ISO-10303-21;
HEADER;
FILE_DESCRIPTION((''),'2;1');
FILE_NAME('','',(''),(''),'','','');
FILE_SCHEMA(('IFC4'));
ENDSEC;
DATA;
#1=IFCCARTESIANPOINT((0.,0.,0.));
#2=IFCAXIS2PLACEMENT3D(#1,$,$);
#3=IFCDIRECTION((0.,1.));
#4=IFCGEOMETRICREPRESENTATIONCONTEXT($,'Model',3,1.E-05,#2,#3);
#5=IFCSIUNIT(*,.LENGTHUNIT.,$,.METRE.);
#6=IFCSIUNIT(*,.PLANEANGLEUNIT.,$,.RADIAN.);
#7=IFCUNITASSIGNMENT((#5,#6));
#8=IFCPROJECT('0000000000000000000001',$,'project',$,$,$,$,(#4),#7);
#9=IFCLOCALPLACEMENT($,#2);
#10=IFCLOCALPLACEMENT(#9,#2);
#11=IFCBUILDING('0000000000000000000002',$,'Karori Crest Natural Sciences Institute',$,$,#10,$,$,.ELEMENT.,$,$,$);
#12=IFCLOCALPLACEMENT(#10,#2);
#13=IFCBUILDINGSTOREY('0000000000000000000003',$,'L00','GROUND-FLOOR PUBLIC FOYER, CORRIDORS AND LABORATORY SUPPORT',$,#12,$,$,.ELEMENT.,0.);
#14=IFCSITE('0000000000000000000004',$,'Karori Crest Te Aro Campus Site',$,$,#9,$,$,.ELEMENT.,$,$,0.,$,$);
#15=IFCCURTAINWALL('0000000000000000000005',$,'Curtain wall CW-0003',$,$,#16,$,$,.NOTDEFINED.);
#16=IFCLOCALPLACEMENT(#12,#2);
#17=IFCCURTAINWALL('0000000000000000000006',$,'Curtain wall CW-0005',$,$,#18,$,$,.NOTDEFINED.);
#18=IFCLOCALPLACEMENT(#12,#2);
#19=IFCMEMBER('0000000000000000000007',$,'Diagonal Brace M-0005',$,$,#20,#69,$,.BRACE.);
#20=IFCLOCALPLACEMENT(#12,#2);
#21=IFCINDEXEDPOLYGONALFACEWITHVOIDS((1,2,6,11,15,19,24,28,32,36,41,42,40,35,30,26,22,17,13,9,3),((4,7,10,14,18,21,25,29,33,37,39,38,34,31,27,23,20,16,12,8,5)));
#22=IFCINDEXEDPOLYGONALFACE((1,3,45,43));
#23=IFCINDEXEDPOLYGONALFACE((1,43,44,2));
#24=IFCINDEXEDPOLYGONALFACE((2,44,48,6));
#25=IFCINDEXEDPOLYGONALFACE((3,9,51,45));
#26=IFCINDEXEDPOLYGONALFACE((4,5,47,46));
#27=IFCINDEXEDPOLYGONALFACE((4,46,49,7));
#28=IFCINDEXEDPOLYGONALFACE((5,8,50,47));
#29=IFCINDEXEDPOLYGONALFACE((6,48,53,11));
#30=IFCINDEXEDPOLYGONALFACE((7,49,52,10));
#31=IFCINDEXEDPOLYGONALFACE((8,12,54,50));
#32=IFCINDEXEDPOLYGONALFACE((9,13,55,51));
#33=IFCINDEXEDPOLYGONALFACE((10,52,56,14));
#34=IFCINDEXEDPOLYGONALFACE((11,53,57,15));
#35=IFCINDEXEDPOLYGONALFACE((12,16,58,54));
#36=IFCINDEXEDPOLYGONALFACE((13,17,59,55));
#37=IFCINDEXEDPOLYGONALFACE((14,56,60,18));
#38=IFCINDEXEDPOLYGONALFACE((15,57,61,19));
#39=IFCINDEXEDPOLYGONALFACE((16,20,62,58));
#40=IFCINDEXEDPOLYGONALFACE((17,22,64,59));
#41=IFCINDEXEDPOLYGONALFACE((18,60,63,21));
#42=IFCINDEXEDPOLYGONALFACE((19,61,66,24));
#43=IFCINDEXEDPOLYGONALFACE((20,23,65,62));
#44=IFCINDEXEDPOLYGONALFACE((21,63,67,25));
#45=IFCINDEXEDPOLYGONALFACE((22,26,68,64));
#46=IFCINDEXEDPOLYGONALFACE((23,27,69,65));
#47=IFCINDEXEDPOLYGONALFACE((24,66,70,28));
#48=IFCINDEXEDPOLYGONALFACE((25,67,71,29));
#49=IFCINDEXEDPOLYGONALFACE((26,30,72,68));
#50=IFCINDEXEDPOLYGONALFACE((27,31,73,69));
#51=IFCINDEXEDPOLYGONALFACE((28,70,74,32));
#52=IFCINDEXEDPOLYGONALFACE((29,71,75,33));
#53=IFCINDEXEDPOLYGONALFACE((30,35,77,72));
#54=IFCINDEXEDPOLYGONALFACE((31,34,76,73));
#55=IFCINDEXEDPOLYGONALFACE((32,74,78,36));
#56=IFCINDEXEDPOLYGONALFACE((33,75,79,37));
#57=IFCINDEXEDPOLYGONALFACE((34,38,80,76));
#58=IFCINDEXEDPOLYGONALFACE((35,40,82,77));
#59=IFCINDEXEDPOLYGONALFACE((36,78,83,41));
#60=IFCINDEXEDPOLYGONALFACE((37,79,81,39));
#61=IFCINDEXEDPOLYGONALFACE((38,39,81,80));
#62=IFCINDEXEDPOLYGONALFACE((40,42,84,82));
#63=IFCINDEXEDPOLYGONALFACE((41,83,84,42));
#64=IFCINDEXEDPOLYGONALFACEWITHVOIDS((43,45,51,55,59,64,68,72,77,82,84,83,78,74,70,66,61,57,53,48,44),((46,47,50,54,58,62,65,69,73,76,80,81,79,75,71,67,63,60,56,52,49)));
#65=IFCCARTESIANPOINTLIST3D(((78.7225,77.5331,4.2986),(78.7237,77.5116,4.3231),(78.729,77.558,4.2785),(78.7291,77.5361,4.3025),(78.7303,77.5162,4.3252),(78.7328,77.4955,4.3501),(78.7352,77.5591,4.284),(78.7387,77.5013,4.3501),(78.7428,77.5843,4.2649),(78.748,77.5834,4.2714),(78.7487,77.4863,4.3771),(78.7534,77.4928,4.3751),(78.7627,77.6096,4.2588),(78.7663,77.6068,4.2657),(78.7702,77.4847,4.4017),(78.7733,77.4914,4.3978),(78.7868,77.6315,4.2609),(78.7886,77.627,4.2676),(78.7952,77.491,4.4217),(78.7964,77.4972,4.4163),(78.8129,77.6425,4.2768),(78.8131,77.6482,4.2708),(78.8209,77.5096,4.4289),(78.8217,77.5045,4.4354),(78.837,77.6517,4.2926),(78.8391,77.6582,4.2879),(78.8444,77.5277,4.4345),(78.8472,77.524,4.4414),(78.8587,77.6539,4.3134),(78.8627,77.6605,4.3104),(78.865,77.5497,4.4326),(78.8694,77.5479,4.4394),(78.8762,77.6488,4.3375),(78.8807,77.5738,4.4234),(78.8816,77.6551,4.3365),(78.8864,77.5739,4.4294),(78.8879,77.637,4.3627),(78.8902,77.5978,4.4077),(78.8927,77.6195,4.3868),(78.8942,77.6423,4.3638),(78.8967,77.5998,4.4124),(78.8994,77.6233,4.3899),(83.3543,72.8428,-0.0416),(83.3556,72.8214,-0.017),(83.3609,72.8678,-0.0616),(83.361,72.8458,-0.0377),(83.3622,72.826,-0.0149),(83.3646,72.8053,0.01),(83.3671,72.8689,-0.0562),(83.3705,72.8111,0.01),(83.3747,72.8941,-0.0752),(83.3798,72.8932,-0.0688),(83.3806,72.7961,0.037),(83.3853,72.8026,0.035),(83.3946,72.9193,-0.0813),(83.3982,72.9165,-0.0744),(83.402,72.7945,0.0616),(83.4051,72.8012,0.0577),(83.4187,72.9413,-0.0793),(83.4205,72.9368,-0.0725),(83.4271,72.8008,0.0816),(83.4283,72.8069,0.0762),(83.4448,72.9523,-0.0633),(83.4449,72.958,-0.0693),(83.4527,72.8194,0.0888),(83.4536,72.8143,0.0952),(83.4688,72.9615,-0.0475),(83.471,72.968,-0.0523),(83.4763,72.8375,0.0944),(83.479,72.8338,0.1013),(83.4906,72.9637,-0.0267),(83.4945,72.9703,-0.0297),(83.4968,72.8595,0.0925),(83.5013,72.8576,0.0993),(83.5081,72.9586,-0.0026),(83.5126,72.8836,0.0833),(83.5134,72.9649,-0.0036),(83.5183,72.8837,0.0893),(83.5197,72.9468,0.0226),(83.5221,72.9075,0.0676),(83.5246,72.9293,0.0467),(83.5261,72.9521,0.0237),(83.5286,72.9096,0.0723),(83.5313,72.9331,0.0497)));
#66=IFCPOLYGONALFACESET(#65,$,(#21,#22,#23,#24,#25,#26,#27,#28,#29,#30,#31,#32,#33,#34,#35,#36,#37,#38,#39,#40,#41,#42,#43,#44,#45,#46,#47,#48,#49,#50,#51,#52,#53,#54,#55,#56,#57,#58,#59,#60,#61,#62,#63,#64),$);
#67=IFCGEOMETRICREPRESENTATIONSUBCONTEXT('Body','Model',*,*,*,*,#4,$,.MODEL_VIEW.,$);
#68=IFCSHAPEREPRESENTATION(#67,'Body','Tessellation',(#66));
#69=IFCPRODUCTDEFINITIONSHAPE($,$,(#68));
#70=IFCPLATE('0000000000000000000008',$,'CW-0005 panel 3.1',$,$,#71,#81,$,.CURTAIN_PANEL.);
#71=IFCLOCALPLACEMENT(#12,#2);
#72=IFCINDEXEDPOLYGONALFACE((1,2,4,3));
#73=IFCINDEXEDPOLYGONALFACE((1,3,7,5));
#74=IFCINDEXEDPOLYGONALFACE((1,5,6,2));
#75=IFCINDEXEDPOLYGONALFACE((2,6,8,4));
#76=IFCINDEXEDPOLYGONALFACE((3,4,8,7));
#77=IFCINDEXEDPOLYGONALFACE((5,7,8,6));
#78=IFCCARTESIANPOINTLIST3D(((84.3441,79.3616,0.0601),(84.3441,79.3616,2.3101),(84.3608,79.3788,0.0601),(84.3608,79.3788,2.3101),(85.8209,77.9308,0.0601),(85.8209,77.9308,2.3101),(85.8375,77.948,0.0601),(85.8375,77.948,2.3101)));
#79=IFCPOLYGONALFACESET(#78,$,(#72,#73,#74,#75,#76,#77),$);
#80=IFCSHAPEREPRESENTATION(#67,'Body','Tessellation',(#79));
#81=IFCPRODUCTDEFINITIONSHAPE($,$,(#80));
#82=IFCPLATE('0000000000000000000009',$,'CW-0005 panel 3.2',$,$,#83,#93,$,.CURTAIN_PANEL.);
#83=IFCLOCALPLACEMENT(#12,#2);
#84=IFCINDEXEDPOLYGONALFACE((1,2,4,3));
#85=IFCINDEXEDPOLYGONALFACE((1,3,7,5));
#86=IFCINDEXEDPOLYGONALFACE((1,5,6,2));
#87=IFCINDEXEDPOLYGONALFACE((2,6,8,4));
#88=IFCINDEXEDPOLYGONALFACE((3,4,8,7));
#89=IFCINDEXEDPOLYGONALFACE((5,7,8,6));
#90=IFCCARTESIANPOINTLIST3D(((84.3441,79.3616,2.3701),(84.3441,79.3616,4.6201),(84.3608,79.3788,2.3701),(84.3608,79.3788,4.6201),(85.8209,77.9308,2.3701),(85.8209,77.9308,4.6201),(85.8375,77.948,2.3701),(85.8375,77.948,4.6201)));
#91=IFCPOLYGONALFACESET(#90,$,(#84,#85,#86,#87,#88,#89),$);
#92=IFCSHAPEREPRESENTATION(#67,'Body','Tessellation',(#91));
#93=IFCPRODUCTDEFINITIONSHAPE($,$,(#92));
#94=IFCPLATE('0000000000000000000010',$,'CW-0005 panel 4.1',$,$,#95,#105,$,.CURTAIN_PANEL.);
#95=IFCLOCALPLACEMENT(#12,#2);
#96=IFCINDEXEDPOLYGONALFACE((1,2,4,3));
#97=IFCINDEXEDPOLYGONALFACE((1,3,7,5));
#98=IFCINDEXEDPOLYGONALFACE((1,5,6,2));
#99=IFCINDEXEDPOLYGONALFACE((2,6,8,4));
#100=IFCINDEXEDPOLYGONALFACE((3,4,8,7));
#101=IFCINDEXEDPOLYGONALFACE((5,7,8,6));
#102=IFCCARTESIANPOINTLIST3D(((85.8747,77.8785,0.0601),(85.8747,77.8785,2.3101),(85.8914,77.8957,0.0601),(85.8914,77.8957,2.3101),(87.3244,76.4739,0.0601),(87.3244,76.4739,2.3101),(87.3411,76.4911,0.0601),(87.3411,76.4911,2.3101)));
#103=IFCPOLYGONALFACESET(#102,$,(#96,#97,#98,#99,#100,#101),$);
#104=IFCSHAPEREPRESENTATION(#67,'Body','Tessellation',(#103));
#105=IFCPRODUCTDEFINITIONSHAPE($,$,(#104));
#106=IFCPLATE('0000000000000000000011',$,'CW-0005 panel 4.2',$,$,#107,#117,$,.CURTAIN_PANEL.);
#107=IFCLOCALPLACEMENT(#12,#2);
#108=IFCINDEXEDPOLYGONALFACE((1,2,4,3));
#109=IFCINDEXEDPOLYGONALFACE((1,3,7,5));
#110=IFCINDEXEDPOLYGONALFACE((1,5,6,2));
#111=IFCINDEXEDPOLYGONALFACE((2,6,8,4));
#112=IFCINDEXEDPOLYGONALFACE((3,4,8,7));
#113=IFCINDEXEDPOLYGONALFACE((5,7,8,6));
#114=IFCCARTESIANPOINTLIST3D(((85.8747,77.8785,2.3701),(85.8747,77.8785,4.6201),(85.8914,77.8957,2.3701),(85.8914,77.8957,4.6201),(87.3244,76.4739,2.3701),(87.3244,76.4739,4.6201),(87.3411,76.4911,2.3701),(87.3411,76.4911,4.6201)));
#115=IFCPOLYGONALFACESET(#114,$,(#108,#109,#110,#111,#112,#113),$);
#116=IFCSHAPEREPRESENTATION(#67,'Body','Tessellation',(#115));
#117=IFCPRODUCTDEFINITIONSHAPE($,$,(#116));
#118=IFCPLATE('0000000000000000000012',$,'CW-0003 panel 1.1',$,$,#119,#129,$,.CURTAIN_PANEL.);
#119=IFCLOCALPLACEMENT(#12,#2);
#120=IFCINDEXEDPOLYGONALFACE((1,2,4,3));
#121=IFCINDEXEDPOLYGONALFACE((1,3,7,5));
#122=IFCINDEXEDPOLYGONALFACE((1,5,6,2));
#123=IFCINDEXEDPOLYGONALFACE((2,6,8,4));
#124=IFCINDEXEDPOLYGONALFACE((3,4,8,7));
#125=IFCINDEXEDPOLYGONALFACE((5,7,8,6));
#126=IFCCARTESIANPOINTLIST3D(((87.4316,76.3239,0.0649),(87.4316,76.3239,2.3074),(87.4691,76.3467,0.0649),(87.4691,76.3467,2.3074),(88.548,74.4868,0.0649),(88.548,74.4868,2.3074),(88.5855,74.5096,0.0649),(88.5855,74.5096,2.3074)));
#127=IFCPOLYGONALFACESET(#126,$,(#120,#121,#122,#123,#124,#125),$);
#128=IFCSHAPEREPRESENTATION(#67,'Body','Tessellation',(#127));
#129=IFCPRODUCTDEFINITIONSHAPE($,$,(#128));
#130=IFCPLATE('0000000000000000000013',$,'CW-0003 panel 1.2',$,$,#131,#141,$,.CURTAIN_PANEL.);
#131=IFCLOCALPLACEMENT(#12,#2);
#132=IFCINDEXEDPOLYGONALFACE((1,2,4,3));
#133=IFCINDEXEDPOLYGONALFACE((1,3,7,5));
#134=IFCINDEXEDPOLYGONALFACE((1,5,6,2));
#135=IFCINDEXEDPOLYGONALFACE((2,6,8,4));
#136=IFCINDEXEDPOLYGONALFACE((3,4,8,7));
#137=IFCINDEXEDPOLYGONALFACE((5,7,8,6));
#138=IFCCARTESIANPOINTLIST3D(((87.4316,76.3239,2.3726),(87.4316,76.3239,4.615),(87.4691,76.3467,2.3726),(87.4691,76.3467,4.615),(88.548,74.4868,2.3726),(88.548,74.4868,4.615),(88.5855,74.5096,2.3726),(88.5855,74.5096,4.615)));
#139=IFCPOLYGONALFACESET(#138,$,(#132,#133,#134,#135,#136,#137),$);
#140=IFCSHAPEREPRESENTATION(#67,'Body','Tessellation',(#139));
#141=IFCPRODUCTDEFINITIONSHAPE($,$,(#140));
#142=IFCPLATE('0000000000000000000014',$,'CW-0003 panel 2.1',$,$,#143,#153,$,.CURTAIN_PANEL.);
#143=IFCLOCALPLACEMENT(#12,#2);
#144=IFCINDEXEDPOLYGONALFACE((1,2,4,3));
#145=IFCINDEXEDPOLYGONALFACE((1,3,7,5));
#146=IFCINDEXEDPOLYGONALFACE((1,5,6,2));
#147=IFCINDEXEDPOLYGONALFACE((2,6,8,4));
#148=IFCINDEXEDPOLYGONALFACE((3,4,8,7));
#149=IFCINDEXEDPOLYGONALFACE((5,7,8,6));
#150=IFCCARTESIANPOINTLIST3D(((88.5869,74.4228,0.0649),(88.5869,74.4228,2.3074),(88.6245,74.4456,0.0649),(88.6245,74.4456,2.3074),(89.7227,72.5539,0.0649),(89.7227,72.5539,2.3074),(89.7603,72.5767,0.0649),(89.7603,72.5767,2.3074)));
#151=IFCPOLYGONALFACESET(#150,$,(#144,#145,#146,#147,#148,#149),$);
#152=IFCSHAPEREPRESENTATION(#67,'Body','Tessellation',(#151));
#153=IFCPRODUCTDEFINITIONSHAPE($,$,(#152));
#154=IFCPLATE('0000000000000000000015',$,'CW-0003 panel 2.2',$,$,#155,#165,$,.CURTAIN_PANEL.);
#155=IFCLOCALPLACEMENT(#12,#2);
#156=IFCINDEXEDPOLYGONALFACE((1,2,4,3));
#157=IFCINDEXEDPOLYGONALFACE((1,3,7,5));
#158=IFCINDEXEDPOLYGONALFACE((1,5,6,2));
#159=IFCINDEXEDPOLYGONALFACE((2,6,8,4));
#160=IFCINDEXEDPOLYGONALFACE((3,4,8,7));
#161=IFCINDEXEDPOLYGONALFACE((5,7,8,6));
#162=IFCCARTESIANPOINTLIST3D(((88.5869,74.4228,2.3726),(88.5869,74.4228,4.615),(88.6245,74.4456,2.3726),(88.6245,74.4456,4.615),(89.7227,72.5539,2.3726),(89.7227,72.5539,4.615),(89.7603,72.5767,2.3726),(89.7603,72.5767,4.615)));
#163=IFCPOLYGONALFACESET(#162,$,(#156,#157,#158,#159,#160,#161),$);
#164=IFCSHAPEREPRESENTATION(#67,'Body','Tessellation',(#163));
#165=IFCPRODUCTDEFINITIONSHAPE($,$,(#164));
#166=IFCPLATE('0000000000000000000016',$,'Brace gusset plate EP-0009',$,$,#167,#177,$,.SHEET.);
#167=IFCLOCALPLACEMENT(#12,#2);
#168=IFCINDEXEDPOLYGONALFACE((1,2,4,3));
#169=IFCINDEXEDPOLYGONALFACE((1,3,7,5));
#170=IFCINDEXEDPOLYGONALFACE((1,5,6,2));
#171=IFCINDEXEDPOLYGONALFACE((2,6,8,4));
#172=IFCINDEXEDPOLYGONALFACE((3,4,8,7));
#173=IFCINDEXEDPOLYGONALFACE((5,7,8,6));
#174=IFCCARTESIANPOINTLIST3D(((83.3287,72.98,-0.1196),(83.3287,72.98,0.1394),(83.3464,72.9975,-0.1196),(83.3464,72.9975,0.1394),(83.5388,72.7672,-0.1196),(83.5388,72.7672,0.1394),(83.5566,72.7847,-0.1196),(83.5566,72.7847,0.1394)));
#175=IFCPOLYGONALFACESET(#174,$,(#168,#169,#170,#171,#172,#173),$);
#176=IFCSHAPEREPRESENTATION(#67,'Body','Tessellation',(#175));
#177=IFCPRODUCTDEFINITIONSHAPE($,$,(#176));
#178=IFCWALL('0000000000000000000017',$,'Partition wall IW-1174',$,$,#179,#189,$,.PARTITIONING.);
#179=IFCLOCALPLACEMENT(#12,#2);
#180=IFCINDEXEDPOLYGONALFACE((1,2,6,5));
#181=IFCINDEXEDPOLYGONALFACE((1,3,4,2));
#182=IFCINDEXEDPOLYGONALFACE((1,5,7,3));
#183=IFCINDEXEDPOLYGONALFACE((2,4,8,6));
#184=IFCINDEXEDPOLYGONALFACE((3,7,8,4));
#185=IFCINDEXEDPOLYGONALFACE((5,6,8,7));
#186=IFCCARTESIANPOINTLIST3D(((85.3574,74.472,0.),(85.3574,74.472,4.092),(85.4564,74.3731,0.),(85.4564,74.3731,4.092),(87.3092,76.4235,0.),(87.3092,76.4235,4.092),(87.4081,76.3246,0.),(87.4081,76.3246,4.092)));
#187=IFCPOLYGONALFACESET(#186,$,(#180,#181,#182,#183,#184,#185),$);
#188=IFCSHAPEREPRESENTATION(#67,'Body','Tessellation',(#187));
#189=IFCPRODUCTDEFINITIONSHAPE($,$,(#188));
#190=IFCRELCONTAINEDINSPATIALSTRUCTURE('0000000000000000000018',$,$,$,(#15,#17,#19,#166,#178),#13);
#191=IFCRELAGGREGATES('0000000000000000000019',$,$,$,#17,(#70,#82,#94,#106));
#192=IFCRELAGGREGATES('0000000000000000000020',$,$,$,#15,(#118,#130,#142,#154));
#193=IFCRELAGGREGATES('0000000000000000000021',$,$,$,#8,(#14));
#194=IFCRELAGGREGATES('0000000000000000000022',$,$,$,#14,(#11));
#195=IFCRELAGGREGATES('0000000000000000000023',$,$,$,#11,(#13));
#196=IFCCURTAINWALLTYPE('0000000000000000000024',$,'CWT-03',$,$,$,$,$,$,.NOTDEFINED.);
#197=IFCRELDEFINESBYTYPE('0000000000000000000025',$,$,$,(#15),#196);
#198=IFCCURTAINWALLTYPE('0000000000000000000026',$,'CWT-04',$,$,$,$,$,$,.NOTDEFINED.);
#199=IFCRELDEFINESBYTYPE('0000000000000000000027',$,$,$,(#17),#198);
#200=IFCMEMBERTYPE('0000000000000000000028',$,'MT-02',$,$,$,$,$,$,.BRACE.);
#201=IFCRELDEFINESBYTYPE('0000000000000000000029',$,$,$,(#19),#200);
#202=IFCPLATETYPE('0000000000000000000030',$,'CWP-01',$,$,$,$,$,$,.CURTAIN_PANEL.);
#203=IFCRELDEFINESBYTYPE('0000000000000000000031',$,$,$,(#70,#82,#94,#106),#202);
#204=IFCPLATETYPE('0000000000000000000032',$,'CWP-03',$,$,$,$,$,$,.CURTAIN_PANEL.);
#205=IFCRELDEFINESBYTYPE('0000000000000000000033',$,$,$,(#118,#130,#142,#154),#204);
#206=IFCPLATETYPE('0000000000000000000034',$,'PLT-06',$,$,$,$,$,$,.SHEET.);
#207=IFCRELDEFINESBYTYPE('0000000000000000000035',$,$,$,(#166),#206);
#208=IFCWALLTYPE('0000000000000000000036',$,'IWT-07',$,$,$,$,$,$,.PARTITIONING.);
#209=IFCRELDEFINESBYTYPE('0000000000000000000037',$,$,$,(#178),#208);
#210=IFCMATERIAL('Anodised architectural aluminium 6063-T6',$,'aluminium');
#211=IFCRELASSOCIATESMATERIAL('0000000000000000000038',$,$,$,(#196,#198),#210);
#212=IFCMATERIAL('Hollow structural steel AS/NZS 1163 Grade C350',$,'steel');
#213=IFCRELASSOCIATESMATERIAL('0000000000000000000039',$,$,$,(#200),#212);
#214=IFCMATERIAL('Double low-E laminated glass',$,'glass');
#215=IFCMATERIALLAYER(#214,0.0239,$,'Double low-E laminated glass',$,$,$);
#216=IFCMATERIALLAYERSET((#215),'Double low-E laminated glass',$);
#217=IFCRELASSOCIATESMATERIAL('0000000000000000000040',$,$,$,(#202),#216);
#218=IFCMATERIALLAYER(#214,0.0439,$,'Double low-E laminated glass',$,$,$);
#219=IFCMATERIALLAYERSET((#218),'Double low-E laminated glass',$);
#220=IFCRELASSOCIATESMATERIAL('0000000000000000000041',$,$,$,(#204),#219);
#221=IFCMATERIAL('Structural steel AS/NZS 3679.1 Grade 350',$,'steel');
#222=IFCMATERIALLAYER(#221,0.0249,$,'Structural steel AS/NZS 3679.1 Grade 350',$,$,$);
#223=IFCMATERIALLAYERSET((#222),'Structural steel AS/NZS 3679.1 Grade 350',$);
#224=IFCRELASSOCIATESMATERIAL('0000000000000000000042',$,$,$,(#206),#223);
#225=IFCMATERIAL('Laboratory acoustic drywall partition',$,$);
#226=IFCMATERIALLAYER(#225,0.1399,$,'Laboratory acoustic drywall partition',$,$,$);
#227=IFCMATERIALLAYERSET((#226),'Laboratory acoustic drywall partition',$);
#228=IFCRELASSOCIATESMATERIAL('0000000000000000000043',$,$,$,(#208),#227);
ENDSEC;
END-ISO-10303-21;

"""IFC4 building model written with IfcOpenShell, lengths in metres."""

from ifc_helpers import new_model, si_unit, direction, frame, frame_2d, origin, origin_2d, place, context, subcontext, project, spatial, rectangle, hollow_circle, extrude, material, layer, layer_set, material_profile, profile_set, type_object, element, aggregate, save


model = new_model("IFC4")

# Units and contexts
model_context = context("Model", 3, precision=1e-05, world=origin(), true_north=direction((0.0, 1.0)))
body_context = subcontext(model_context, "Body", "Model", "MODEL_VIEW")
ifc_project = project(units=[si_unit("LENGTHUNIT", "METRE"), si_unit("PLANEANGLEUNIT", "RADIAN")], contexts=[model_context])

# Site, building, storey
site_placement = place(None, origin())
site = spatial("IfcSite", under=ifc_project, at=site_placement, Name="Karori Crest Te Aro Campus Site", CompositionType="ELEMENT", RefElevation=0.0)
building_placement = place(site_placement, origin())
building = spatial("IfcBuilding", under=site, at=building_placement, Name="Karori Crest Natural Sciences Institute", CompositionType="ELEMENT")
storey_placement = place(building_placement, origin())
storey = spatial("IfcBuildingStorey", under=building, at=storey_placement, Name="L00", Description="GROUND-FLOOR PUBLIC FOYER, CORRIDORS AND LABORATORY SUPPORT", CompositionType="ELEMENT", Elevation=0.0)

# Shared definitions
ifc_material_1 = material(Name="Structural steel AS/NZS 3679.1 Grade 350", Category="steel")

# Shared definitions
ifc_material_2 = material(Name="Hollow structural steel AS/NZS 1163 Grade C350", Category="steel")

# Shared definitions
ifc_material_3 = material(Name="Anodised architectural aluminium 6063-T6", Category="aluminium")

# Curtain walls
curtain_wall_type_1 = type_object("IfcCurtainWallType", Name="CWT-03", PredefinedType="NOTDEFINED", material=ifc_material_3)
curtain_wall_1_placement = place(storey_placement, origin())
curtain_wall_1 = element("IfcCurtainWall", 1, at=curtain_wall_1_placement, inside=storey, type_object=curtain_wall_type_1, Name="Curtain wall CW-0003", PredefinedType="NOTDEFINED")
curtain_wall_type_2 = type_object("IfcCurtainWallType", Name="CWT-04", PredefinedType="NOTDEFINED", material=ifc_material_3)
curtain_wall_2_placement = place(storey_placement, origin())
curtain_wall_2 = element("IfcCurtainWall", 2, at=curtain_wall_2_placement, inside=storey, type_object=curtain_wall_type_2, Name="Curtain wall CW-0005", PredefinedType="NOTDEFINED")

# Member
ifc_material_profile_1 = material_profile(ifc_material_2, hollow_circle(Radius=0.1096, WallThickness=0.0083, at=origin_2d()), Name="CHS219.1x8.2")
ifc_profile_set_1 = profile_set([ifc_material_profile_1], Name="Hollow structural steel AS/NZS 1163 Grade C350")
member_type_1 = type_object("IfcMemberType", Name="MT-02", PredefinedType="BRACE", material=ifc_profile_set_1)
member_1_placement = place(storey_placement, frame((83.4426, 72.8823, 0.01), z_axis=(-0.586882, 0.594275, 0.549915), x_axis=(-0.711519, -0.702667, 0.0)))
element("IfcMember", 3, at=member_1_placement, inside=storey, type_object=member_type_1, Name="Diagonal Brace M-0005", PredefinedType="BRACE", context=body_context, shape_type="SweptSolid", body=[
    extrude(hollow_circle(Radius=0.1096, WallThickness=0.0083, at=origin_2d()), origin(), (0.0, 0.0, 1.0), 7.8923),
])

# Plates
ifc_material_4 = material(Name="Double low-E laminated glass", Category="glass")
ifc_layer_1 = layer(ifc_material_4, 0.0239, Name="Double low-E laminated glass")
ifc_layer_set_1 = layer_set([ifc_layer_1], Name="Double low-E laminated glass")
plate_type_1 = type_object("IfcPlateType", Name="CWP-01", PredefinedType="CURTAIN_PANEL", material=ifc_layer_set_1)
plate_1_placement = place(storey_placement, frame((85.0908, 78.6548, 0.0601), z_axis=(0.0, 0.0, 1.0), x_axis=(0.718198, -0.695839, 0.0)))
plate_1 = element("IfcPlate", 4, at=plate_1_placement, type_object=plate_type_1, Name="CW-0005 panel 3.1", PredefinedType="CURTAIN_PANEL", context=body_context, shape_type="SweptSolid", body=[
    extrude(rectangle(XDim=2.0562, YDim=0.0239, at=origin_2d()), origin(), (0.0, 0.0, 1.0), 2.25),
])
plate_2_placement = place(storey_placement, frame((85.0908, 78.6548, 2.3701), z_axis=(0.0, 0.0, 1.0), x_axis=(0.718198, -0.695839, 0.0)))
plate_2 = element("IfcPlate", 5, at=plate_2_placement, type_object=plate_type_1, Name="CW-0005 panel 3.2", PredefinedType="CURTAIN_PANEL", context=body_context, shape_type="SweptSolid", body=[
    extrude(rectangle(XDim=2.0562, YDim=0.0239, at=origin_2d()), origin(), (0.0, 0.0, 1.0), 2.25),
])
plate_3_placement = place(storey_placement, frame((86.6079, 77.1848, 0.0601), z_axis=(0.0, 0.0, 1.0), x_axis=(0.718198, -0.695839, 0.0)))
plate_3 = element("IfcPlate", 6, at=plate_3_placement, type_object=plate_type_1, Name="CW-0005 panel 4.1", PredefinedType="CURTAIN_PANEL", context=body_context, shape_type="SweptSolid", body=[
    extrude(rectangle(XDim=2.0186, YDim=0.0239, at=origin_2d()), origin(), (0.0, 0.0, 1.0), 2.25),
])
plate_4_placement = place(storey_placement, frame((86.6079, 77.1848, 2.3701), z_axis=(0.0, 0.0, 1.0), x_axis=(0.718198, -0.695839, 0.0)))
plate_4 = element("IfcPlate", 7, at=plate_4_placement, type_object=plate_type_1, Name="CW-0005 panel 4.2", PredefinedType="CURTAIN_PANEL", context=body_context, shape_type="SweptSolid", body=[
    extrude(rectangle(XDim=2.0186, YDim=0.0239, at=origin_2d()), origin(), (0.0, 0.0, 1.0), 2.25),
])
aggregate(curtain_wall_2, [plate_1, plate_2, plate_3, plate_4])
ifc_layer_2 = layer(ifc_material_4, 0.0439, Name="Double low-E laminated glass")
ifc_layer_set_2 = layer_set([ifc_layer_2], Name="Double low-E laminated glass")
plate_type_2 = type_object("IfcPlateType", Name="CWP-03", PredefinedType="CURTAIN_PANEL", material=ifc_layer_set_2)
plate_5_placement = place(storey_placement, frame((88.0085, 75.4167, 0.0649), z_axis=(0.0, 0.0, 1.0), x_axis=(0.519341, -0.854567, 0.0)))
plate_5 = element("IfcPlate", 8, at=plate_5_placement, type_object=plate_type_2, Name="CW-0003 panel 1.1", PredefinedType="CURTAIN_PANEL", context=body_context, shape_type="SweptSolid", body=[
    extrude(rectangle(XDim=2.1497, YDim=0.0439, at=origin_2d()), origin(), (0.0, 0.0, 1.0), 2.2424),
])
plate_6_placement = place(storey_placement, frame((88.0085, 75.4167, 2.3726), z_axis=(0.0, 0.0, 1.0), x_axis=(0.519341, -0.854567, 0.0)))
plate_6 = element("IfcPlate", 9, at=plate_6_placement, type_object=plate_type_2, Name="CW-0003 panel 1.2", PredefinedType="CURTAIN_PANEL", context=body_context, shape_type="SweptSolid", body=[
    extrude(rectangle(XDim=2.1497, YDim=0.0439, at=origin_2d()), origin(), (0.0, 0.0, 1.0), 2.2424),
])
plate_7_placement = place(storey_placement, frame((89.1736, 73.4998, 0.0649), z_axis=(0.0, 0.0, 1.0), x_axis=(0.519341, -0.854567, 0.0)))
plate_7 = element("IfcPlate", 10, at=plate_7_placement, type_object=plate_type_2, Name="CW-0003 panel 2.1", PredefinedType="CURTAIN_PANEL", context=body_context, shape_type="SweptSolid", body=[
    extrude(rectangle(XDim=2.187, YDim=0.0439, at=origin_2d()), origin(), (0.0, 0.0, 1.0), 2.2424),
])
plate_8_placement = place(storey_placement, frame((89.1736, 73.4998, 2.3726), z_axis=(0.0, 0.0, 1.0), x_axis=(0.519341, -0.854567, 0.0)))
plate_8 = element("IfcPlate", 11, at=plate_8_placement, type_object=plate_type_2, Name="CW-0003 panel 2.2", PredefinedType="CURTAIN_PANEL", context=body_context, shape_type="SweptSolid", body=[
    extrude(rectangle(XDim=2.187, YDim=0.0439, at=origin_2d()), origin(), (0.0, 0.0, 1.0), 2.2424),
])
aggregate(curtain_wall_1, [plate_5, plate_6, plate_7, plate_8])
ifc_layer_3 = layer(ifc_material_1, 0.0249, Name="Structural steel AS/NZS 3679.1 Grade 350")
ifc_layer_set_3 = layer_set([ifc_layer_3], Name="Structural steel AS/NZS 3679.1 Grade 350")
plate_type_3 = type_object("IfcPlateType", Name="PLT-06", PredefinedType="SHEET", material=ifc_layer_set_3)
plate_9_placement = place(storey_placement, frame((83.4426, 72.8823, -0.1196), z_axis=(0.0, 0.0, 1.0), x_axis=(-0.702664, 0.711522, 0.0)))
element("IfcPlate", 12, at=plate_9_placement, inside=storey, type_object=plate_type_3, Name="Brace gusset plate EP-0009", PredefinedType="SHEET", context=body_context, shape_type="SweptSolid", body=[
    extrude(rectangle(XDim=0.2991, YDim=0.0249, at=origin_2d()), origin(), (0.0, 0.0, 1.0), 0.259),
])

# Wall
ifc_material_5 = material(Name="Laboratory acoustic drywall partition")
ifc_layer_4 = layer(ifc_material_5, 0.1399, Name="Laboratory acoustic drywall partition")
ifc_layer_set_4 = layer_set([ifc_layer_4], Name="Laboratory acoustic drywall partition")
wall_type_1 = type_object("IfcWallType", Name="IWT-07", PredefinedType="PARTITIONING", material=ifc_layer_set_4)
wall_1_placement = place(storey_placement, frame((85.407, 74.4226, 0.0), z_axis=(0.0, 0.0, 1.0), x_axis=(0.707151, 0.707063, 0.0)))
element("IfcWall", 13, at=wall_1_placement, inside=storey, type_object=wall_type_1, Name="Partition wall IW-1174", PredefinedType="PARTITIONING", context=body_context, shape_type="SweptSolid", body=[
    extrude(rectangle(XDim=2.76, YDim=0.1399, at=frame_2d((1.3799, 0.0))), origin(), (0.0, 0.0, 1.0), 4.092),
])

save(model, "model.ifc")
